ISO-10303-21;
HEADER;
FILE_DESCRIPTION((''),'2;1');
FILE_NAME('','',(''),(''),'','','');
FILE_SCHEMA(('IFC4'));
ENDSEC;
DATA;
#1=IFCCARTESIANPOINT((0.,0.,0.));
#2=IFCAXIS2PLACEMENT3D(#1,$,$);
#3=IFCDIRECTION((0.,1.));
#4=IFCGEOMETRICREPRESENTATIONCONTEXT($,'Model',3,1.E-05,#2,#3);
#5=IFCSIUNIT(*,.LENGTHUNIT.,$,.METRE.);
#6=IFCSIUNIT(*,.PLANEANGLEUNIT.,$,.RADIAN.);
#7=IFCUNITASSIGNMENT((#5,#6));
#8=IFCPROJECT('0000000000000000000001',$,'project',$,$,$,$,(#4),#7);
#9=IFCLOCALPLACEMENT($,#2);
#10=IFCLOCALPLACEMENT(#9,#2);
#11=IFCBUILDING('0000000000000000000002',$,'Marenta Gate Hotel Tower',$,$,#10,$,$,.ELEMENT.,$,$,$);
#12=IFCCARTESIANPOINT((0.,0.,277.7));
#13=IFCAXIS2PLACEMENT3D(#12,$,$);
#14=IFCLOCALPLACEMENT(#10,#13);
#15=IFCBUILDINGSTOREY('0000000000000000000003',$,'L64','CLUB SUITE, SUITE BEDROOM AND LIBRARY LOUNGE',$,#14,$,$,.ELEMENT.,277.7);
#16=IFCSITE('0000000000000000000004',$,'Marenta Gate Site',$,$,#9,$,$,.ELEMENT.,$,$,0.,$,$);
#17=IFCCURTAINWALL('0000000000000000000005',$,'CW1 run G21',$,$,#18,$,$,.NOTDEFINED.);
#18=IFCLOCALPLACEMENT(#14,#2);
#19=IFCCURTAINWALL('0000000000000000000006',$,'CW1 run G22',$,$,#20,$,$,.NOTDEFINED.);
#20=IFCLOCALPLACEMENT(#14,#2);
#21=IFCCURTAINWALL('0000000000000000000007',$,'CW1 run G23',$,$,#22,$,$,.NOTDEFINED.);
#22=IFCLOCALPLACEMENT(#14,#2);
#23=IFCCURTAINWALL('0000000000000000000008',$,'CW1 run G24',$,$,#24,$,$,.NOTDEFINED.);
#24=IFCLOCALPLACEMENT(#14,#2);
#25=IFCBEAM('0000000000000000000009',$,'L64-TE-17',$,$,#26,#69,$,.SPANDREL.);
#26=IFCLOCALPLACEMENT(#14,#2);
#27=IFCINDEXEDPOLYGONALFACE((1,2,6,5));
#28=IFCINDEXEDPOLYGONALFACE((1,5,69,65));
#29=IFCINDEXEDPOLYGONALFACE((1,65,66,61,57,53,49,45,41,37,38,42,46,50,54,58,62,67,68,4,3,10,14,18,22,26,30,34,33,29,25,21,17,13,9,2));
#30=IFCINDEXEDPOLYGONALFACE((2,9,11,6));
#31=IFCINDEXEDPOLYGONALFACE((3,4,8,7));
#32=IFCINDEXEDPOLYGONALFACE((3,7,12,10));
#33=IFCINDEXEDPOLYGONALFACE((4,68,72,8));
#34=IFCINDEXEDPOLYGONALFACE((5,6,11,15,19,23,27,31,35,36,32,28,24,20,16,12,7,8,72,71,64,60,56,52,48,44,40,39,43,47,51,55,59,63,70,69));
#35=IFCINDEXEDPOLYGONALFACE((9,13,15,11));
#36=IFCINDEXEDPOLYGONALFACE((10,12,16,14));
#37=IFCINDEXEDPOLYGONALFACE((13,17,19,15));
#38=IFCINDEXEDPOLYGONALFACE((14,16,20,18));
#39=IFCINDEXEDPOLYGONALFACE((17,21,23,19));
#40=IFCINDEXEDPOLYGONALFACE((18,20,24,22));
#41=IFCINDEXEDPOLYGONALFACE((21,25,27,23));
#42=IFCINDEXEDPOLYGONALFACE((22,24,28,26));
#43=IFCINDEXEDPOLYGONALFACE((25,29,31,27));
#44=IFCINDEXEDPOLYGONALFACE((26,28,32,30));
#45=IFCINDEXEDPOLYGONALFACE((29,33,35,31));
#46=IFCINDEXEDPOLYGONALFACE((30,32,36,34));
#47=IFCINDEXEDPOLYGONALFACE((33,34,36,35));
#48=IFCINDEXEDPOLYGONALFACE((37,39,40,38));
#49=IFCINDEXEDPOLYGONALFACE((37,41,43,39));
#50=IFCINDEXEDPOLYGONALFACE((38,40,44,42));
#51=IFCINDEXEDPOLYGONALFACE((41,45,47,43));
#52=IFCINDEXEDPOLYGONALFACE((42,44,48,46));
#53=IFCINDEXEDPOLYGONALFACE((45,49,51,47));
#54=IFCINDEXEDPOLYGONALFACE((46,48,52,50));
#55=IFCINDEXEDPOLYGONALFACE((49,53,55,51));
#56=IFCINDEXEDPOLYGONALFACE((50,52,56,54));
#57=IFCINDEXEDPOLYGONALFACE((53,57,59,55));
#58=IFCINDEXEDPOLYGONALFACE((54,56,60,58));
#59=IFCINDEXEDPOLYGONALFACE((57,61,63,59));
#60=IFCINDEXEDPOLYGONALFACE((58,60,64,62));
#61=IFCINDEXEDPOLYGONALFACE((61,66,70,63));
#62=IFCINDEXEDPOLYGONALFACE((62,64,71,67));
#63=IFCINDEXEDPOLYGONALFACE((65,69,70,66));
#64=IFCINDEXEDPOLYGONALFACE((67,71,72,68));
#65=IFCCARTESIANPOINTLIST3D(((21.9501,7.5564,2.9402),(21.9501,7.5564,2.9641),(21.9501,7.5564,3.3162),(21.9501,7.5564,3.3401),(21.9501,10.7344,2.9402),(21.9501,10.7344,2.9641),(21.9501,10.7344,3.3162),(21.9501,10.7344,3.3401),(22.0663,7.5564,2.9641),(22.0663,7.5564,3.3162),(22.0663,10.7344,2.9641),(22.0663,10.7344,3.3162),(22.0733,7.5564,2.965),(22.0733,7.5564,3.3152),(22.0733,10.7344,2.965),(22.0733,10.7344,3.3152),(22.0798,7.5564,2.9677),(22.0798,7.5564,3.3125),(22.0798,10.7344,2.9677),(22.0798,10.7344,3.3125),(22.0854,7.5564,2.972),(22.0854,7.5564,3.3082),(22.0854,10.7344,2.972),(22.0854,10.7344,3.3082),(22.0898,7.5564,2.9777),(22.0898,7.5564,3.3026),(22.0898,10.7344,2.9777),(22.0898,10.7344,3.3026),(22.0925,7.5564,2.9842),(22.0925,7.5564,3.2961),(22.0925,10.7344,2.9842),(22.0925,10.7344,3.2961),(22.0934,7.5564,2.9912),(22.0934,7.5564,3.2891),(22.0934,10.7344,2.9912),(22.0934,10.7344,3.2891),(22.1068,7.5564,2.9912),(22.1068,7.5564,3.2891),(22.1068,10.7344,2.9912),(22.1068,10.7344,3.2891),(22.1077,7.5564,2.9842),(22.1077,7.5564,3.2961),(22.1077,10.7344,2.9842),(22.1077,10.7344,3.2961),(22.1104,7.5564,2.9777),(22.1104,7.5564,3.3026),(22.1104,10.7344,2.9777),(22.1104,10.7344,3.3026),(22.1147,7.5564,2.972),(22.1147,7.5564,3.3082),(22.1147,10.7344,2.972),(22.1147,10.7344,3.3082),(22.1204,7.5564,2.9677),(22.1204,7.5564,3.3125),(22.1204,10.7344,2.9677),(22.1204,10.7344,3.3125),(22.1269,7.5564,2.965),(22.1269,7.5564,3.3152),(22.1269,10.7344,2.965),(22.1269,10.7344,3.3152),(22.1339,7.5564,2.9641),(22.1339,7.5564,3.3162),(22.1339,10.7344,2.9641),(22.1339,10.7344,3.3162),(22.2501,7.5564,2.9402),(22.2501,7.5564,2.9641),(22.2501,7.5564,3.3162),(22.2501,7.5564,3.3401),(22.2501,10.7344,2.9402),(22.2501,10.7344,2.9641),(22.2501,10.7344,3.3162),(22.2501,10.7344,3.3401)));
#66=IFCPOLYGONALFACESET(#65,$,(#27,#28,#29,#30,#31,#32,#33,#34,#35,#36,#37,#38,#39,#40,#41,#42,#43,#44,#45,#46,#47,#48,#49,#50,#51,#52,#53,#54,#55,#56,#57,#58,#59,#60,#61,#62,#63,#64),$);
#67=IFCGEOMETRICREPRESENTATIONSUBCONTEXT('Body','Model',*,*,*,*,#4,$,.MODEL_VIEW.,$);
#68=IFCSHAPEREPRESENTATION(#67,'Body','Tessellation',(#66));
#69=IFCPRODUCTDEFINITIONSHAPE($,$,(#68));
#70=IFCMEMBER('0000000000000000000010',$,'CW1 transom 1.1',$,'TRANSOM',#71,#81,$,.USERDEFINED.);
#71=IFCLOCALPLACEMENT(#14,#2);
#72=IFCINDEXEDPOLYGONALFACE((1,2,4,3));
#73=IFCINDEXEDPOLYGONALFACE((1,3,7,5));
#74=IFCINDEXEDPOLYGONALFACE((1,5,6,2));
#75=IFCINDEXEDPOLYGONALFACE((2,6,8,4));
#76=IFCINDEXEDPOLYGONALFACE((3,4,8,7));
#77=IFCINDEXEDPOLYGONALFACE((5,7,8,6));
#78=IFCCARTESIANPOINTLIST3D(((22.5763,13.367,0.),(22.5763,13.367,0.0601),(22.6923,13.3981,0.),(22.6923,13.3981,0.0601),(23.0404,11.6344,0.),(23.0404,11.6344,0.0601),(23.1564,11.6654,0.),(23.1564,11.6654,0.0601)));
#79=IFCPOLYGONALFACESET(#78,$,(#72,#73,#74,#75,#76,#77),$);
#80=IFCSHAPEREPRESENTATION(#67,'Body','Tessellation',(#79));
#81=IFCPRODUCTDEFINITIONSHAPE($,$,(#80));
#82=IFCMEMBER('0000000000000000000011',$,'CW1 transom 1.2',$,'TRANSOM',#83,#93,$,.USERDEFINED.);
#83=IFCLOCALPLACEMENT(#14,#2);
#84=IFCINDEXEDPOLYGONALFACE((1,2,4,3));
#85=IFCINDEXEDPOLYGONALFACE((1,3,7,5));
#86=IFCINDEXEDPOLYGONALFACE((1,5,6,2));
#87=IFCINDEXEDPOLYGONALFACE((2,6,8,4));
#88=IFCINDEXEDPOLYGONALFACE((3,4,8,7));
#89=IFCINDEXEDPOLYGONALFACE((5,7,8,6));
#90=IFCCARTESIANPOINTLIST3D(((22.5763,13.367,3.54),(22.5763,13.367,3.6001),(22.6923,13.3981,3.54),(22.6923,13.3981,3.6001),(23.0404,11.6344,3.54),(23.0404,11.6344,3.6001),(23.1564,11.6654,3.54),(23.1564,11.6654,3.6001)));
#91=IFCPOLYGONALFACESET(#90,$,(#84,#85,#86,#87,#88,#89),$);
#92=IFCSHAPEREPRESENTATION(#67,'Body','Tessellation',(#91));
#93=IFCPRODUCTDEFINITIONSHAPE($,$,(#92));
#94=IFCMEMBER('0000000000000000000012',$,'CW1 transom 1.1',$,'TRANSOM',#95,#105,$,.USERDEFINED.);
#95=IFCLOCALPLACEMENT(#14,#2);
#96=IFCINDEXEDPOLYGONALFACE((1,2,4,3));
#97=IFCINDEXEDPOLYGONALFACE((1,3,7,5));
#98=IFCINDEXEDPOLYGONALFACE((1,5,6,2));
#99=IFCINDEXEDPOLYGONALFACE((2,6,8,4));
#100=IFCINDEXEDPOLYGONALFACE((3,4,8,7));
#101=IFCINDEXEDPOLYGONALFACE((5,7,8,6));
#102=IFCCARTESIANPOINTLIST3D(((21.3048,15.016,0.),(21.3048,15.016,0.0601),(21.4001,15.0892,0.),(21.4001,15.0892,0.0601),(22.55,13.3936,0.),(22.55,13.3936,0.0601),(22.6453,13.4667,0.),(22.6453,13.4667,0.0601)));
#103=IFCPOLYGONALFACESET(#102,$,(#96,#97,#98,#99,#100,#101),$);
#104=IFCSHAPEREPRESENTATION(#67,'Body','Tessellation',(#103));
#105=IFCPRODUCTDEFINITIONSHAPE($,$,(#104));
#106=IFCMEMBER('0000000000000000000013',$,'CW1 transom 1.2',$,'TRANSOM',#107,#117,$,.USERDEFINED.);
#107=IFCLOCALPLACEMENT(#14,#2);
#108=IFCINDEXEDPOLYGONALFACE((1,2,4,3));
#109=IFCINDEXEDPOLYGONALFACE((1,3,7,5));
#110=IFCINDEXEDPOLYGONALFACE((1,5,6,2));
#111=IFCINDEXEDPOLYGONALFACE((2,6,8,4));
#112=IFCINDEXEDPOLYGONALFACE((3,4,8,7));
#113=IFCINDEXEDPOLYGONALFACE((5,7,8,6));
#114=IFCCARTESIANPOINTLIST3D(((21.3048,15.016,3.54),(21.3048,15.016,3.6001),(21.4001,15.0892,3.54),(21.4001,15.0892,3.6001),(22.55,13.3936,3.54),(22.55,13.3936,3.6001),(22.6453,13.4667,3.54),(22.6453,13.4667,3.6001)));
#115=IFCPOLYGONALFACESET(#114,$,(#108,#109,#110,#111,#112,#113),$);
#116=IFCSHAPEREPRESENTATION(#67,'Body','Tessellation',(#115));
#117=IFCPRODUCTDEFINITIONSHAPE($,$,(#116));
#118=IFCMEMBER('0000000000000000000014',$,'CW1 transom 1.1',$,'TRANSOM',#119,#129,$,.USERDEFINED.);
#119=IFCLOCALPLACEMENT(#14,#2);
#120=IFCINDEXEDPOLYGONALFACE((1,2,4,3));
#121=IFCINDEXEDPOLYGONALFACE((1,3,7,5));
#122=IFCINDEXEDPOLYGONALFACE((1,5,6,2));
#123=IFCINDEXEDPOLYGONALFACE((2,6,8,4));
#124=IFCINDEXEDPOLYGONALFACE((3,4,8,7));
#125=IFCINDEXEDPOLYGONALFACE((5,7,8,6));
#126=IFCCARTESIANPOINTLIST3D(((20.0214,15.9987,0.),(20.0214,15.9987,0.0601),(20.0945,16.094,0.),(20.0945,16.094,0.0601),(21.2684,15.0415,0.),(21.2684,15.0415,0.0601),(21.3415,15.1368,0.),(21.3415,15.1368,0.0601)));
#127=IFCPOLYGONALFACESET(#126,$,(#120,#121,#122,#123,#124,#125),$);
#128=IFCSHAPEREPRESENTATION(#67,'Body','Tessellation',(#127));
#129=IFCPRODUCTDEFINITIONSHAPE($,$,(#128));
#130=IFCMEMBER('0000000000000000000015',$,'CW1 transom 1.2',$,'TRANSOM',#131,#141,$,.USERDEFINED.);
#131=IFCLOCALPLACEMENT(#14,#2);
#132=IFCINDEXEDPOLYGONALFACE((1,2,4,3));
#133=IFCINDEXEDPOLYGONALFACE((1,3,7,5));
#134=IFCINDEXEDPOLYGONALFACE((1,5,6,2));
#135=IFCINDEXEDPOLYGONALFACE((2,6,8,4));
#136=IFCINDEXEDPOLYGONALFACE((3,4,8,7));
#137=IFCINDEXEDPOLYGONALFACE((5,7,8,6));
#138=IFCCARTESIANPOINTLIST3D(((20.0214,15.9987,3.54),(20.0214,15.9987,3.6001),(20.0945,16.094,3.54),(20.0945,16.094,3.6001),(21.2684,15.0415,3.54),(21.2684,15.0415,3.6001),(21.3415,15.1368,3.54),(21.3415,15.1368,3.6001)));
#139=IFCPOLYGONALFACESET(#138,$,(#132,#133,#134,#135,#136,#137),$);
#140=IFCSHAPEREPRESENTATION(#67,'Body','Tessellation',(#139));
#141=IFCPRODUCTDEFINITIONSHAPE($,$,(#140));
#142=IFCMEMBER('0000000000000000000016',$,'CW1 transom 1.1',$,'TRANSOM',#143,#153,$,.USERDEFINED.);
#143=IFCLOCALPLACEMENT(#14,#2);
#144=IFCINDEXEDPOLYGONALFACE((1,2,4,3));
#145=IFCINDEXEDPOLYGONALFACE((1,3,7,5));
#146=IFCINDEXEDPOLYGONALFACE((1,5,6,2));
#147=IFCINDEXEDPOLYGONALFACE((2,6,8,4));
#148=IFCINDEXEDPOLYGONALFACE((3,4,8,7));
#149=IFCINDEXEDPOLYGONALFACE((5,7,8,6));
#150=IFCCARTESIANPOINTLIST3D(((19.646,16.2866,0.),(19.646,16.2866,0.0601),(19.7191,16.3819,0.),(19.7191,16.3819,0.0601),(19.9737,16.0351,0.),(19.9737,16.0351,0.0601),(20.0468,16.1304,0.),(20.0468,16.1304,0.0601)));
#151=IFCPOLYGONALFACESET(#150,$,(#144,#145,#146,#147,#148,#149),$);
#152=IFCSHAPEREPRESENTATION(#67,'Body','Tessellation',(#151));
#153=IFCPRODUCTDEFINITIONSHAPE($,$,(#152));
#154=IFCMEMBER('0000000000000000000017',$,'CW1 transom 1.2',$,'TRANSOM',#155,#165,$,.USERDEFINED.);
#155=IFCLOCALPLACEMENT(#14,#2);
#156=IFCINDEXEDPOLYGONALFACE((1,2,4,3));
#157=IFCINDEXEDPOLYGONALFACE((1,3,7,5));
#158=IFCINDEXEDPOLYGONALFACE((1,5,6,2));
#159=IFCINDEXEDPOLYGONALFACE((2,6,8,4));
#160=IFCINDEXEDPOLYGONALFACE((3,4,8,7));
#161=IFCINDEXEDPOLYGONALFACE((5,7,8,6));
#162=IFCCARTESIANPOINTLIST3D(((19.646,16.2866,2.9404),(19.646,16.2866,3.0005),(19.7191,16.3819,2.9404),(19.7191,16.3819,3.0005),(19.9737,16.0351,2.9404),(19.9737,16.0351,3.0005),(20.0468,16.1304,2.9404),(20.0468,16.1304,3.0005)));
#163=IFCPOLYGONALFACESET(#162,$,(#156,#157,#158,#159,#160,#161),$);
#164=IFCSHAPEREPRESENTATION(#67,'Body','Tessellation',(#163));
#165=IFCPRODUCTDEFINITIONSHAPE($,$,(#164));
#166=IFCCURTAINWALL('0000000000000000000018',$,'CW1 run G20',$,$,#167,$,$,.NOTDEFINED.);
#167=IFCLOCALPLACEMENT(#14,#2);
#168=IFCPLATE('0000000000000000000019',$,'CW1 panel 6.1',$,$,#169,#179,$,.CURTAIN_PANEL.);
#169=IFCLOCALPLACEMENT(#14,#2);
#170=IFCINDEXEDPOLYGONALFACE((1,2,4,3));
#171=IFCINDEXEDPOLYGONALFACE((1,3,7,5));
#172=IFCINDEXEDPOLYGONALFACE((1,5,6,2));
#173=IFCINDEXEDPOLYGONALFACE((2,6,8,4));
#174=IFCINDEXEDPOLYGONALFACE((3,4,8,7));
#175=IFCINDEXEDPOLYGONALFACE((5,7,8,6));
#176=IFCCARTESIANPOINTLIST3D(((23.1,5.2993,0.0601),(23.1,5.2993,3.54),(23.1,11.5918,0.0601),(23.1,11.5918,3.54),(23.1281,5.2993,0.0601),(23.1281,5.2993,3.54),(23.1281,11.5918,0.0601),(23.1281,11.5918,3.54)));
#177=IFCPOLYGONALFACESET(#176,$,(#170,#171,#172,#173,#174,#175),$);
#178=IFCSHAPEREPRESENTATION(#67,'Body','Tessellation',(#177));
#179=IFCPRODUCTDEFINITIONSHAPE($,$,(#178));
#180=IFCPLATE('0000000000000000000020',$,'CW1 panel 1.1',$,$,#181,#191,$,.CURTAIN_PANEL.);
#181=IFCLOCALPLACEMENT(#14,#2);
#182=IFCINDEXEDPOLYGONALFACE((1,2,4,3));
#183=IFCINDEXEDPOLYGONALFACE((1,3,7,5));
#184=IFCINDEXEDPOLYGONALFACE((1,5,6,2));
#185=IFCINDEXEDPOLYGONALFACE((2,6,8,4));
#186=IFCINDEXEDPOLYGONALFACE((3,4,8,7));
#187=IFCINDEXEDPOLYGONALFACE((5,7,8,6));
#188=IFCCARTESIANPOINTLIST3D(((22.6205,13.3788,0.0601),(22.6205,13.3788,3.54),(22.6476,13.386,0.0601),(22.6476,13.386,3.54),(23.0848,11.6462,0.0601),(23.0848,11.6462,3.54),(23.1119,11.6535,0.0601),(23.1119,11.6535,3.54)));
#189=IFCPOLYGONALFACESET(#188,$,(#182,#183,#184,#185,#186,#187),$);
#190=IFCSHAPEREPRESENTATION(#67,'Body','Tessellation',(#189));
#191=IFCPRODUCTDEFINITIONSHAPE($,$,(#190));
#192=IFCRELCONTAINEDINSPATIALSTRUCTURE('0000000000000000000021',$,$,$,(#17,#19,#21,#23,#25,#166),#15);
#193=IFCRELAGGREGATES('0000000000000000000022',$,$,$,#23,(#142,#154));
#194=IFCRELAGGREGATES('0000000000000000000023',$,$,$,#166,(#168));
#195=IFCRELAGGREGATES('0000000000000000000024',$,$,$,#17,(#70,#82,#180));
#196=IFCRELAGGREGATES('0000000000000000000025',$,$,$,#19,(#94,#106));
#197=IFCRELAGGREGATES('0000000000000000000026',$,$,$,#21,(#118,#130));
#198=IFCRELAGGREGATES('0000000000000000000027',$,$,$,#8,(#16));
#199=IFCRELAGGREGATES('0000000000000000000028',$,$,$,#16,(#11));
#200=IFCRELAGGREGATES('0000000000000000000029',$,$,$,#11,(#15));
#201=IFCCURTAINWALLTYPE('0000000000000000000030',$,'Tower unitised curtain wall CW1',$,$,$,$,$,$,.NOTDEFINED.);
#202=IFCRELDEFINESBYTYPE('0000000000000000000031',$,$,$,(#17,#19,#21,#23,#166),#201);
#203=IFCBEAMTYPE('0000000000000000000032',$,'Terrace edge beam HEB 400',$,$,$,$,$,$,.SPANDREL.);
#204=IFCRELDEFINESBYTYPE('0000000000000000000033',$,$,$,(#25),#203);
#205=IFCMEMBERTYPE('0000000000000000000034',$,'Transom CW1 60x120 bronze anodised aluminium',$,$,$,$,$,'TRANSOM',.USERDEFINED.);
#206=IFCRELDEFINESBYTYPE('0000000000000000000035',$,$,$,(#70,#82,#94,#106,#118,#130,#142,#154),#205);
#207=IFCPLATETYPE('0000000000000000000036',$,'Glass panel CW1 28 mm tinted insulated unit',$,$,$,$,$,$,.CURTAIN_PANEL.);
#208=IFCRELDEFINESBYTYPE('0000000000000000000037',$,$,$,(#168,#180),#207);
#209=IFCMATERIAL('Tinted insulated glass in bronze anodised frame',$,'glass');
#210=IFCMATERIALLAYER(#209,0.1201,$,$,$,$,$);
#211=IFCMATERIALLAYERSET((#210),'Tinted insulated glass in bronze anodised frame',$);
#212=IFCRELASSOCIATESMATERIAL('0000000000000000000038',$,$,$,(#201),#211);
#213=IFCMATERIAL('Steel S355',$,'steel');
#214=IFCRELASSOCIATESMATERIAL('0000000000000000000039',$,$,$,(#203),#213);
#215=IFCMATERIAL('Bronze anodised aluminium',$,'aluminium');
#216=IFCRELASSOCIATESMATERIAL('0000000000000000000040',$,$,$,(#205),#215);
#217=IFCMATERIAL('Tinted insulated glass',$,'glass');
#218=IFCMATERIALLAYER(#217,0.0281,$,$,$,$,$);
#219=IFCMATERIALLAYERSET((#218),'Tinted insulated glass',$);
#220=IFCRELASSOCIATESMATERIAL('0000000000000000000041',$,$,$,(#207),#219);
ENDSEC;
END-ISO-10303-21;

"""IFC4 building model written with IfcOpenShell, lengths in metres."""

from ifc_helpers import new_model, si_unit, direction, frame, origin, origin_2d, place, context, subcontext, project, spatial, rectangle, i_section, extrude, material, layer, layer_set, material_profile, profile_set, type_object, element, aggregate, save


model = new_model("IFC4")

# Units and contexts
model_context = context("Model", 3, precision=1e-05, world=origin(), true_north=direction((0.0, 1.0)))
body_context = subcontext(model_context, "Body", "Model", "MODEL_VIEW")
ifc_project = project(units=[si_unit("LENGTHUNIT", "METRE"), si_unit("PLANEANGLEUNIT", "RADIAN")], contexts=[model_context])

# Site, building, storey
site_placement = place(None, origin())
site = spatial("IfcSite", under=ifc_project, at=site_placement, Name="Marenta Gate Site", CompositionType="ELEMENT", RefElevation=0.0)
building_placement = place(site_placement, origin())
building = spatial("IfcBuilding", under=site, at=building_placement, Name="Marenta Gate Hotel Tower", CompositionType="ELEMENT")
storey_placement = place(building_placement, frame((0.0, 0.0, 277.7)))
storey = spatial("IfcBuildingStorey", under=building, at=storey_placement, Name="L64", Description="CLUB SUITE, SUITE BEDROOM AND LIBRARY LOUNGE", CompositionType="ELEMENT", Elevation=277.7)

# Curtain walls
ifc_material_1 = material(Name="Tinted insulated glass in bronze anodised frame", Category="glass")
ifc_layer_1 = layer(ifc_material_1, 0.1201)
ifc_layer_set_1 = layer_set([ifc_layer_1], Name="Tinted insulated glass in bronze anodised frame")
curtain_wall_type = type_object("IfcCurtainWallType", Name="Tower unitised curtain wall CW1", PredefinedType="NOTDEFINED", material=ifc_layer_set_1)
curtain_wall_1_placement = place(storey_placement, origin())
curtain_wall_1 = element("IfcCurtainWall", 1, at=curtain_wall_1_placement, inside=storey, type_object=curtain_wall_type, Name="CW1 run G21", PredefinedType="NOTDEFINED")
curtain_wall_2_placement = place(storey_placement, origin())
curtain_wall_2 = element("IfcCurtainWall", 2, at=curtain_wall_2_placement, inside=storey, type_object=curtain_wall_type, Name="CW1 run G22", PredefinedType="NOTDEFINED")
curtain_wall_3_placement = place(storey_placement, origin())
curtain_wall_3 = element("IfcCurtainWall", 3, at=curtain_wall_3_placement, inside=storey, type_object=curtain_wall_type, Name="CW1 run G23", PredefinedType="NOTDEFINED")
curtain_wall_4_placement = place(storey_placement, origin())
curtain_wall_4 = element("IfcCurtainWall", 4, at=curtain_wall_4_placement, inside=storey, type_object=curtain_wall_type, Name="CW1 run G24", PredefinedType="NOTDEFINED")

# Beam
ifc_material_2 = material(Name="Steel S355", Category="steel")
ifc_material_profile_1 = material_profile(ifc_material_2, i_section(OverallWidth=0.3, OverallDepth=0.3999, WebThickness=0.0134, FlangeThickness=0.0239, FilletRadius=0.0271, at=origin_2d()), Name="HEB 400")
ifc_profile_set_1 = profile_set([ifc_material_profile_1], Name="Steel S355")
beam_type_1 = type_object("IfcBeamType", Name="Terrace edge beam HEB 400", PredefinedType="SPANDREL", material=ifc_profile_set_1)
beam_1_placement = place(storey_placement, frame((22.1001, 10.7344, 3.1401), z_axis=(0.0, -1.0, 0.0), x_axis=(1.0, 0.0, 0.0)))
element("IfcBeam", 5, at=beam_1_placement, inside=storey, type_object=beam_type_1, Name="L64-TE-17", PredefinedType="SPANDREL", context=body_context, shape_type="SweptSolid", body=[
    extrude(i_section(OverallWidth=0.3, OverallDepth=0.3999, WebThickness=0.0134, FlangeThickness=0.0239, FilletRadius=0.0271, at=origin_2d()), origin(), (0.0, 0.0, 1.0), 3.178),
])

# Members
ifc_material_3 = material(Name="Bronze anodised aluminium", Category="aluminium")
ifc_material_profile_2 = material_profile(ifc_material_3, rectangle(XDim=0.1201, YDim=0.0601, at=origin_2d()), Name="Transom CW1 60x120 bronze anodised aluminium")
ifc_profile_set_2 = profile_set([ifc_material_profile_2], Name="Bronze anodised aluminium")
member_type_1 = type_object("IfcMemberType", Name="Transom CW1 60x120 bronze anodised aluminium", ElementType="TRANSOM", PredefinedType="USERDEFINED", material=ifc_profile_set_2)
member_1_placement = place(storey_placement, frame((23.0984, 11.6499, 0.03), z_axis=(-0.258738, 0.965947, 0.0), x_axis=(-0.965947, -0.258738, 0.0)))
member_1 = element("IfcMember", 6, at=member_1_placement, type_object=member_type_1, Name="CW1 transom 1.1", ObjectType="TRANSOM", PredefinedType="USERDEFINED", context=body_context, shape_type="SweptSolid", body=[
    extrude(rectangle(XDim=0.1201, YDim=0.0601, at=origin_2d()), origin(), (0.0, 0.0, 1.0), 1.7937),
])
member_2_placement = place(storey_placement, frame((23.0984, 11.6499, 3.5701), z_axis=(-0.258738, 0.965947, 0.0), x_axis=(-0.965947, -0.258738, 0.0)))
member_2 = element("IfcMember", 7, at=member_2_placement, type_object=member_type_1, Name="CW1 transom 1.2", ObjectType="TRANSOM", PredefinedType="USERDEFINED", context=body_context, shape_type="SweptSolid", body=[
    extrude(rectangle(XDim=0.1201, YDim=0.0601, at=origin_2d()), origin(), (0.0, 0.0, 1.0), 1.7937),
])
member_3_placement = place(storey_placement, frame((22.5977, 13.4302, 0.03), z_axis=(-0.608845, 0.793289, 0.0), x_axis=(-0.793289, -0.608845, 0.0)))
member_3 = element("IfcMember", 8, at=member_3_placement, type_object=member_type_1, Name="CW1 transom 1.1", ObjectType="TRANSOM", PredefinedType="USERDEFINED", context=body_context, shape_type="SweptSolid", body=[
    extrude(rectangle(XDim=0.1201, YDim=0.0601, at=origin_2d()), origin(), (0.0, 0.0, 1.0), 2.0452),
])
member_4_placement = place(storey_placement, frame((22.5977, 13.4302, 3.5701), z_axis=(-0.608845, 0.793289, 0.0), x_axis=(-0.793289, -0.608845, 0.0)))
member_4 = element("IfcMember", 9, at=member_4_placement, type_object=member_type_1, Name="CW1 transom 1.2", ObjectType="TRANSOM", PredefinedType="USERDEFINED", context=body_context, shape_type="SweptSolid", body=[
    extrude(rectangle(XDim=0.1201, YDim=0.0601, at=origin_2d()), origin(), (0.0, 0.0, 1.0), 2.0452),
])
member_5_placement = place(storey_placement, frame((21.3049, 15.0891, 0.03), z_axis=(-0.793241, 0.608907, 0.0), x_axis=(-0.608907, -0.793241, 0.0)))
member_5 = element("IfcMember", 10, at=member_5_placement, type_object=member_type_1, Name="CW1 transom 1.1", ObjectType="TRANSOM", PredefinedType="USERDEFINED", context=body_context, shape_type="SweptSolid", body=[
    extrude(rectangle(XDim=0.1201, YDim=0.0601, at=origin_2d()), origin(), (0.0, 0.0, 1.0), 1.572),
])
member_6_placement = place(storey_placement, frame((21.3049, 15.0891, 3.5701), z_axis=(-0.793241, 0.608907, 0.0), x_axis=(-0.608907, -0.793241, 0.0)))
member_6 = element("IfcMember", 11, at=member_6_placement, type_object=member_type_1, Name="CW1 transom 1.2", ObjectType="TRANSOM", PredefinedType="USERDEFINED", context=body_context, shape_type="SweptSolid", body=[
    extrude(rectangle(XDim=0.1201, YDim=0.0601, at=origin_2d()), origin(), (0.0, 0.0, 1.0), 1.572),
])
member_7_placement = place(storey_placement, frame((20.0103, 16.0828, 0.03), z_axis=(-0.793283, 0.608853, 0.0), x_axis=(-0.608853, -0.793283, 0.0)))
member_7 = element("IfcMember", 12, at=member_7_placement, type_object=member_type_1, Name="CW1 transom 1.1", ObjectType="TRANSOM", PredefinedType="USERDEFINED", context=body_context, shape_type="SweptSolid", body=[
    extrude(rectangle(XDim=0.1201, YDim=0.0601, at=origin_2d()), origin(), (0.0, 0.0, 1.0), 0.4131),
])
member_8_placement = place(storey_placement, frame((20.0103, 16.0828, 2.9705), z_axis=(-0.793283, 0.608853, 0.0), x_axis=(-0.608853, -0.793283, 0.0)))
member_8 = element("IfcMember", 13, at=member_8_placement, type_object=member_type_1, Name="CW1 transom 1.2", ObjectType="TRANSOM", PredefinedType="USERDEFINED", context=body_context, shape_type="SweptSolid", body=[
    extrude(rectangle(XDim=0.1201, YDim=0.0601, at=origin_2d()), origin(), (0.0, 0.0, 1.0), 0.4131),
])
aggregate(curtain_wall_4, [member_7, member_8])

# Curtain wall, plate
curtain_wall_5_placement = place(storey_placement, origin())
curtain_wall_5 = element("IfcCurtainWall", 14, at=curtain_wall_5_placement, inside=storey, type_object=curtain_wall_type, Name="CW1 run G20", PredefinedType="NOTDEFINED")
ifc_material_4 = material(Name="Tinted insulated glass", Category="glass")
ifc_layer_2 = layer(ifc_material_4, 0.0281)
ifc_layer_set_2 = layer_set([ifc_layer_2], Name="Tinted insulated glass")
plate_type = type_object("IfcPlateType", Name="Glass panel CW1 28 mm tinted insulated unit", PredefinedType="CURTAIN_PANEL", material=ifc_layer_set_2)
plate_1_placement = place(storey_placement, frame((23.114, 8.4456, 0.0601), z_axis=(0.0, 0.0, 1.0), x_axis=(0.0, 1.0, 0.0)))
plate_1 = element("IfcPlate", 15, at=plate_1_placement, type_object=plate_type, Name="CW1 panel 6.1", PredefinedType="CURTAIN_PANEL", context=body_context, shape_type="SweptSolid", body=[
    extrude(rectangle(XDim=6.2925, YDim=0.0281, at=origin_2d()), origin(), (0.0, 0.0, 1.0), 3.48),
])
aggregate(curtain_wall_5, [plate_1])

# Plate
plate_2_placement = place(storey_placement, frame((22.8662, 12.5161, 0.0601), z_axis=(0.0, 0.0, 1.0), x_axis=(-0.258824, 0.965924, 0.0)))
plate_2 = element("IfcPlate", 16, at=plate_2_placement, type_object=plate_type, Name="CW1 panel 1.1", PredefinedType="CURTAIN_PANEL", context=body_context, shape_type="SweptSolid", body=[
    extrude(rectangle(XDim=1.7937, YDim=0.0281, at=origin_2d()), origin(), (0.0, 0.0, 1.0), 3.48),
])
aggregate(curtain_wall_1, [member_1, member_2, plate_2])
aggregate(curtain_wall_2, [member_3, member_4])
aggregate(curtain_wall_3, [member_5, member_6])

save(model, "model.ifc")
